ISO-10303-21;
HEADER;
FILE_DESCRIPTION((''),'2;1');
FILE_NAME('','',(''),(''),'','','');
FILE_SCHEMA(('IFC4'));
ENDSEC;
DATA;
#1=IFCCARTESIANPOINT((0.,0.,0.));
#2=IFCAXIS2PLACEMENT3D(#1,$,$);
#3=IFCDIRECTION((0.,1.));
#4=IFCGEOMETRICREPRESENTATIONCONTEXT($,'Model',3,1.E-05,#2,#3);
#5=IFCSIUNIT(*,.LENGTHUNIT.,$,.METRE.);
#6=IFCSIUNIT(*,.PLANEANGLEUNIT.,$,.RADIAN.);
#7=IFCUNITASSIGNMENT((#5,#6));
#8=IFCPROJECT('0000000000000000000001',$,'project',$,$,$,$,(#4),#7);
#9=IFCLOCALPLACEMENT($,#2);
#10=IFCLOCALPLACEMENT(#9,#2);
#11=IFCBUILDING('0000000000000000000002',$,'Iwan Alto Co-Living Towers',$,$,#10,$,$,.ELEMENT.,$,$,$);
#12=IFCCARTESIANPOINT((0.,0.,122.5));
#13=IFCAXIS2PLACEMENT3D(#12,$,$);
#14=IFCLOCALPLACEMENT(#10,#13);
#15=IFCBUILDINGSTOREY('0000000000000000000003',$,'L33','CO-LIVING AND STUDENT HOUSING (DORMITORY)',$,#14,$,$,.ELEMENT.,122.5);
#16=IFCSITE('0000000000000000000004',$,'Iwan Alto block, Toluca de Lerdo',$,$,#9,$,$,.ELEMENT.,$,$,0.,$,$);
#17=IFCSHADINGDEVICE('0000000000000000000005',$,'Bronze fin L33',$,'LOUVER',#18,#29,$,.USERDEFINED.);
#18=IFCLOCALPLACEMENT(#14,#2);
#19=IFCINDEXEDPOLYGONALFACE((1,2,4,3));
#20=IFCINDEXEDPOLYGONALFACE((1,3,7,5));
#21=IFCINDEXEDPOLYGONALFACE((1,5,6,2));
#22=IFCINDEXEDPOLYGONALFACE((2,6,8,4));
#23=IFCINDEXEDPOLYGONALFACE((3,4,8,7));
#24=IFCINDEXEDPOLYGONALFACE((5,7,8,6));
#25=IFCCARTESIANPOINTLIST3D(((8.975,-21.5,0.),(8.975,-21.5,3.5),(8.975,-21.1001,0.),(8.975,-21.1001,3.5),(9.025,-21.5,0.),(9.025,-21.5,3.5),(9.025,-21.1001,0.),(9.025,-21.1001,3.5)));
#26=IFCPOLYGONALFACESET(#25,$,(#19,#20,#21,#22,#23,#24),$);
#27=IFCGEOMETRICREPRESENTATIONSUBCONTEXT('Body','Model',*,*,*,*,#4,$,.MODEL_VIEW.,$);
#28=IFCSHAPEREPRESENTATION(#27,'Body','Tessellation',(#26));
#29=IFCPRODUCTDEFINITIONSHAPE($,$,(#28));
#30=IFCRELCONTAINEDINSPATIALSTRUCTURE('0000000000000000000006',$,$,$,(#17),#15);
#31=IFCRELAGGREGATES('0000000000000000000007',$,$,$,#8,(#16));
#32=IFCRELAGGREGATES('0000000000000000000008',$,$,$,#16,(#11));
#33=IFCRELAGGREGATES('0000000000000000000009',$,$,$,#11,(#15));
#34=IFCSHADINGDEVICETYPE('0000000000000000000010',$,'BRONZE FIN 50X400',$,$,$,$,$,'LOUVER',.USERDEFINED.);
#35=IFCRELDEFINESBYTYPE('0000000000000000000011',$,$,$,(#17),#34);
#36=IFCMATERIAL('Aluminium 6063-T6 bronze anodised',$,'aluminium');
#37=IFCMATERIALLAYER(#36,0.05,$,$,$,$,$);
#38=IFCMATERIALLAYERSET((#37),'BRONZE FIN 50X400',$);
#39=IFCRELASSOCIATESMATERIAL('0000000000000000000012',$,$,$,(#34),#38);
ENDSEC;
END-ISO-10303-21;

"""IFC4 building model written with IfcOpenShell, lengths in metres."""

from ifc_helpers import new_model, si_unit, direction, frame, origin, origin_2d, place, context, subcontext, project, spatial, rectangle, extrude, material, layer, layer_set, type_object, element, save


model = new_model("IFC4")

# Units and contexts
model_context = context("Model", 3, precision=1e-05, world=origin(), true_north=direction((0.0, 1.0)))
body_context = subcontext(model_context, "Body", "Model", "MODEL_VIEW")
ifc_project = project(units=[si_unit("LENGTHUNIT", "METRE"), si_unit("PLANEANGLEUNIT", "RADIAN")], contexts=[model_context])

# Site, building, storey
site_placement = place(None, origin())
site = spatial("IfcSite", under=ifc_project, at=site_placement, Name="Iwan Alto block, Toluca de Lerdo", CompositionType="ELEMENT", RefElevation=0.0)
building_placement = place(site_placement, origin())
building = spatial("IfcBuilding", under=site, at=building_placement, Name="Iwan Alto Co-Living Towers", CompositionType="ELEMENT")
storey_placement = place(building_placement, frame((0.0, 0.0, 122.5)))
storey = spatial("IfcBuildingStorey", under=building, at=storey_placement, Name="L33", Description="CO-LIVING AND STUDENT HOUSING (DORMITORY)", CompositionType="ELEMENT", Elevation=122.5)

# Shading device
ifc_material_1 = material(Name="Aluminium 6063-T6 bronze anodised", Category="aluminium")
ifc_layer_1 = layer(ifc_material_1, 0.05)
ifc_layer_set_1 = layer_set([ifc_layer_1], Name="BRONZE FIN 50X400")
shading_device_type = type_object("IfcShadingDeviceType", Name="BRONZE FIN 50X400", ElementType="LOUVER", PredefinedType="USERDEFINED", material=ifc_layer_set_1)
for number, where, z_axis, x_axis, name in (
    (1, (9.0, -21.3, 0.0), (0.0, 0.0, 1.0), (1.0, 0.0, 0.0), "Bronze fin L33"),
):
    element("IfcShadingDevice", number, at=place(storey_placement, frame(where, z_axis=z_axis, x_axis=x_axis)), inside=storey, type_object=shading_device_type, Name=name, ObjectType="LOUVER", PredefinedType="USERDEFINED", context=body_context, shape_type="SweptSolid", body=[
        extrude(rectangle(XDim=0.05, YDim=0.3999, at=origin_2d()), origin(), (0.0, 0.0, 1.0), 3.5),
    ])

save(model, "model.ifc")
